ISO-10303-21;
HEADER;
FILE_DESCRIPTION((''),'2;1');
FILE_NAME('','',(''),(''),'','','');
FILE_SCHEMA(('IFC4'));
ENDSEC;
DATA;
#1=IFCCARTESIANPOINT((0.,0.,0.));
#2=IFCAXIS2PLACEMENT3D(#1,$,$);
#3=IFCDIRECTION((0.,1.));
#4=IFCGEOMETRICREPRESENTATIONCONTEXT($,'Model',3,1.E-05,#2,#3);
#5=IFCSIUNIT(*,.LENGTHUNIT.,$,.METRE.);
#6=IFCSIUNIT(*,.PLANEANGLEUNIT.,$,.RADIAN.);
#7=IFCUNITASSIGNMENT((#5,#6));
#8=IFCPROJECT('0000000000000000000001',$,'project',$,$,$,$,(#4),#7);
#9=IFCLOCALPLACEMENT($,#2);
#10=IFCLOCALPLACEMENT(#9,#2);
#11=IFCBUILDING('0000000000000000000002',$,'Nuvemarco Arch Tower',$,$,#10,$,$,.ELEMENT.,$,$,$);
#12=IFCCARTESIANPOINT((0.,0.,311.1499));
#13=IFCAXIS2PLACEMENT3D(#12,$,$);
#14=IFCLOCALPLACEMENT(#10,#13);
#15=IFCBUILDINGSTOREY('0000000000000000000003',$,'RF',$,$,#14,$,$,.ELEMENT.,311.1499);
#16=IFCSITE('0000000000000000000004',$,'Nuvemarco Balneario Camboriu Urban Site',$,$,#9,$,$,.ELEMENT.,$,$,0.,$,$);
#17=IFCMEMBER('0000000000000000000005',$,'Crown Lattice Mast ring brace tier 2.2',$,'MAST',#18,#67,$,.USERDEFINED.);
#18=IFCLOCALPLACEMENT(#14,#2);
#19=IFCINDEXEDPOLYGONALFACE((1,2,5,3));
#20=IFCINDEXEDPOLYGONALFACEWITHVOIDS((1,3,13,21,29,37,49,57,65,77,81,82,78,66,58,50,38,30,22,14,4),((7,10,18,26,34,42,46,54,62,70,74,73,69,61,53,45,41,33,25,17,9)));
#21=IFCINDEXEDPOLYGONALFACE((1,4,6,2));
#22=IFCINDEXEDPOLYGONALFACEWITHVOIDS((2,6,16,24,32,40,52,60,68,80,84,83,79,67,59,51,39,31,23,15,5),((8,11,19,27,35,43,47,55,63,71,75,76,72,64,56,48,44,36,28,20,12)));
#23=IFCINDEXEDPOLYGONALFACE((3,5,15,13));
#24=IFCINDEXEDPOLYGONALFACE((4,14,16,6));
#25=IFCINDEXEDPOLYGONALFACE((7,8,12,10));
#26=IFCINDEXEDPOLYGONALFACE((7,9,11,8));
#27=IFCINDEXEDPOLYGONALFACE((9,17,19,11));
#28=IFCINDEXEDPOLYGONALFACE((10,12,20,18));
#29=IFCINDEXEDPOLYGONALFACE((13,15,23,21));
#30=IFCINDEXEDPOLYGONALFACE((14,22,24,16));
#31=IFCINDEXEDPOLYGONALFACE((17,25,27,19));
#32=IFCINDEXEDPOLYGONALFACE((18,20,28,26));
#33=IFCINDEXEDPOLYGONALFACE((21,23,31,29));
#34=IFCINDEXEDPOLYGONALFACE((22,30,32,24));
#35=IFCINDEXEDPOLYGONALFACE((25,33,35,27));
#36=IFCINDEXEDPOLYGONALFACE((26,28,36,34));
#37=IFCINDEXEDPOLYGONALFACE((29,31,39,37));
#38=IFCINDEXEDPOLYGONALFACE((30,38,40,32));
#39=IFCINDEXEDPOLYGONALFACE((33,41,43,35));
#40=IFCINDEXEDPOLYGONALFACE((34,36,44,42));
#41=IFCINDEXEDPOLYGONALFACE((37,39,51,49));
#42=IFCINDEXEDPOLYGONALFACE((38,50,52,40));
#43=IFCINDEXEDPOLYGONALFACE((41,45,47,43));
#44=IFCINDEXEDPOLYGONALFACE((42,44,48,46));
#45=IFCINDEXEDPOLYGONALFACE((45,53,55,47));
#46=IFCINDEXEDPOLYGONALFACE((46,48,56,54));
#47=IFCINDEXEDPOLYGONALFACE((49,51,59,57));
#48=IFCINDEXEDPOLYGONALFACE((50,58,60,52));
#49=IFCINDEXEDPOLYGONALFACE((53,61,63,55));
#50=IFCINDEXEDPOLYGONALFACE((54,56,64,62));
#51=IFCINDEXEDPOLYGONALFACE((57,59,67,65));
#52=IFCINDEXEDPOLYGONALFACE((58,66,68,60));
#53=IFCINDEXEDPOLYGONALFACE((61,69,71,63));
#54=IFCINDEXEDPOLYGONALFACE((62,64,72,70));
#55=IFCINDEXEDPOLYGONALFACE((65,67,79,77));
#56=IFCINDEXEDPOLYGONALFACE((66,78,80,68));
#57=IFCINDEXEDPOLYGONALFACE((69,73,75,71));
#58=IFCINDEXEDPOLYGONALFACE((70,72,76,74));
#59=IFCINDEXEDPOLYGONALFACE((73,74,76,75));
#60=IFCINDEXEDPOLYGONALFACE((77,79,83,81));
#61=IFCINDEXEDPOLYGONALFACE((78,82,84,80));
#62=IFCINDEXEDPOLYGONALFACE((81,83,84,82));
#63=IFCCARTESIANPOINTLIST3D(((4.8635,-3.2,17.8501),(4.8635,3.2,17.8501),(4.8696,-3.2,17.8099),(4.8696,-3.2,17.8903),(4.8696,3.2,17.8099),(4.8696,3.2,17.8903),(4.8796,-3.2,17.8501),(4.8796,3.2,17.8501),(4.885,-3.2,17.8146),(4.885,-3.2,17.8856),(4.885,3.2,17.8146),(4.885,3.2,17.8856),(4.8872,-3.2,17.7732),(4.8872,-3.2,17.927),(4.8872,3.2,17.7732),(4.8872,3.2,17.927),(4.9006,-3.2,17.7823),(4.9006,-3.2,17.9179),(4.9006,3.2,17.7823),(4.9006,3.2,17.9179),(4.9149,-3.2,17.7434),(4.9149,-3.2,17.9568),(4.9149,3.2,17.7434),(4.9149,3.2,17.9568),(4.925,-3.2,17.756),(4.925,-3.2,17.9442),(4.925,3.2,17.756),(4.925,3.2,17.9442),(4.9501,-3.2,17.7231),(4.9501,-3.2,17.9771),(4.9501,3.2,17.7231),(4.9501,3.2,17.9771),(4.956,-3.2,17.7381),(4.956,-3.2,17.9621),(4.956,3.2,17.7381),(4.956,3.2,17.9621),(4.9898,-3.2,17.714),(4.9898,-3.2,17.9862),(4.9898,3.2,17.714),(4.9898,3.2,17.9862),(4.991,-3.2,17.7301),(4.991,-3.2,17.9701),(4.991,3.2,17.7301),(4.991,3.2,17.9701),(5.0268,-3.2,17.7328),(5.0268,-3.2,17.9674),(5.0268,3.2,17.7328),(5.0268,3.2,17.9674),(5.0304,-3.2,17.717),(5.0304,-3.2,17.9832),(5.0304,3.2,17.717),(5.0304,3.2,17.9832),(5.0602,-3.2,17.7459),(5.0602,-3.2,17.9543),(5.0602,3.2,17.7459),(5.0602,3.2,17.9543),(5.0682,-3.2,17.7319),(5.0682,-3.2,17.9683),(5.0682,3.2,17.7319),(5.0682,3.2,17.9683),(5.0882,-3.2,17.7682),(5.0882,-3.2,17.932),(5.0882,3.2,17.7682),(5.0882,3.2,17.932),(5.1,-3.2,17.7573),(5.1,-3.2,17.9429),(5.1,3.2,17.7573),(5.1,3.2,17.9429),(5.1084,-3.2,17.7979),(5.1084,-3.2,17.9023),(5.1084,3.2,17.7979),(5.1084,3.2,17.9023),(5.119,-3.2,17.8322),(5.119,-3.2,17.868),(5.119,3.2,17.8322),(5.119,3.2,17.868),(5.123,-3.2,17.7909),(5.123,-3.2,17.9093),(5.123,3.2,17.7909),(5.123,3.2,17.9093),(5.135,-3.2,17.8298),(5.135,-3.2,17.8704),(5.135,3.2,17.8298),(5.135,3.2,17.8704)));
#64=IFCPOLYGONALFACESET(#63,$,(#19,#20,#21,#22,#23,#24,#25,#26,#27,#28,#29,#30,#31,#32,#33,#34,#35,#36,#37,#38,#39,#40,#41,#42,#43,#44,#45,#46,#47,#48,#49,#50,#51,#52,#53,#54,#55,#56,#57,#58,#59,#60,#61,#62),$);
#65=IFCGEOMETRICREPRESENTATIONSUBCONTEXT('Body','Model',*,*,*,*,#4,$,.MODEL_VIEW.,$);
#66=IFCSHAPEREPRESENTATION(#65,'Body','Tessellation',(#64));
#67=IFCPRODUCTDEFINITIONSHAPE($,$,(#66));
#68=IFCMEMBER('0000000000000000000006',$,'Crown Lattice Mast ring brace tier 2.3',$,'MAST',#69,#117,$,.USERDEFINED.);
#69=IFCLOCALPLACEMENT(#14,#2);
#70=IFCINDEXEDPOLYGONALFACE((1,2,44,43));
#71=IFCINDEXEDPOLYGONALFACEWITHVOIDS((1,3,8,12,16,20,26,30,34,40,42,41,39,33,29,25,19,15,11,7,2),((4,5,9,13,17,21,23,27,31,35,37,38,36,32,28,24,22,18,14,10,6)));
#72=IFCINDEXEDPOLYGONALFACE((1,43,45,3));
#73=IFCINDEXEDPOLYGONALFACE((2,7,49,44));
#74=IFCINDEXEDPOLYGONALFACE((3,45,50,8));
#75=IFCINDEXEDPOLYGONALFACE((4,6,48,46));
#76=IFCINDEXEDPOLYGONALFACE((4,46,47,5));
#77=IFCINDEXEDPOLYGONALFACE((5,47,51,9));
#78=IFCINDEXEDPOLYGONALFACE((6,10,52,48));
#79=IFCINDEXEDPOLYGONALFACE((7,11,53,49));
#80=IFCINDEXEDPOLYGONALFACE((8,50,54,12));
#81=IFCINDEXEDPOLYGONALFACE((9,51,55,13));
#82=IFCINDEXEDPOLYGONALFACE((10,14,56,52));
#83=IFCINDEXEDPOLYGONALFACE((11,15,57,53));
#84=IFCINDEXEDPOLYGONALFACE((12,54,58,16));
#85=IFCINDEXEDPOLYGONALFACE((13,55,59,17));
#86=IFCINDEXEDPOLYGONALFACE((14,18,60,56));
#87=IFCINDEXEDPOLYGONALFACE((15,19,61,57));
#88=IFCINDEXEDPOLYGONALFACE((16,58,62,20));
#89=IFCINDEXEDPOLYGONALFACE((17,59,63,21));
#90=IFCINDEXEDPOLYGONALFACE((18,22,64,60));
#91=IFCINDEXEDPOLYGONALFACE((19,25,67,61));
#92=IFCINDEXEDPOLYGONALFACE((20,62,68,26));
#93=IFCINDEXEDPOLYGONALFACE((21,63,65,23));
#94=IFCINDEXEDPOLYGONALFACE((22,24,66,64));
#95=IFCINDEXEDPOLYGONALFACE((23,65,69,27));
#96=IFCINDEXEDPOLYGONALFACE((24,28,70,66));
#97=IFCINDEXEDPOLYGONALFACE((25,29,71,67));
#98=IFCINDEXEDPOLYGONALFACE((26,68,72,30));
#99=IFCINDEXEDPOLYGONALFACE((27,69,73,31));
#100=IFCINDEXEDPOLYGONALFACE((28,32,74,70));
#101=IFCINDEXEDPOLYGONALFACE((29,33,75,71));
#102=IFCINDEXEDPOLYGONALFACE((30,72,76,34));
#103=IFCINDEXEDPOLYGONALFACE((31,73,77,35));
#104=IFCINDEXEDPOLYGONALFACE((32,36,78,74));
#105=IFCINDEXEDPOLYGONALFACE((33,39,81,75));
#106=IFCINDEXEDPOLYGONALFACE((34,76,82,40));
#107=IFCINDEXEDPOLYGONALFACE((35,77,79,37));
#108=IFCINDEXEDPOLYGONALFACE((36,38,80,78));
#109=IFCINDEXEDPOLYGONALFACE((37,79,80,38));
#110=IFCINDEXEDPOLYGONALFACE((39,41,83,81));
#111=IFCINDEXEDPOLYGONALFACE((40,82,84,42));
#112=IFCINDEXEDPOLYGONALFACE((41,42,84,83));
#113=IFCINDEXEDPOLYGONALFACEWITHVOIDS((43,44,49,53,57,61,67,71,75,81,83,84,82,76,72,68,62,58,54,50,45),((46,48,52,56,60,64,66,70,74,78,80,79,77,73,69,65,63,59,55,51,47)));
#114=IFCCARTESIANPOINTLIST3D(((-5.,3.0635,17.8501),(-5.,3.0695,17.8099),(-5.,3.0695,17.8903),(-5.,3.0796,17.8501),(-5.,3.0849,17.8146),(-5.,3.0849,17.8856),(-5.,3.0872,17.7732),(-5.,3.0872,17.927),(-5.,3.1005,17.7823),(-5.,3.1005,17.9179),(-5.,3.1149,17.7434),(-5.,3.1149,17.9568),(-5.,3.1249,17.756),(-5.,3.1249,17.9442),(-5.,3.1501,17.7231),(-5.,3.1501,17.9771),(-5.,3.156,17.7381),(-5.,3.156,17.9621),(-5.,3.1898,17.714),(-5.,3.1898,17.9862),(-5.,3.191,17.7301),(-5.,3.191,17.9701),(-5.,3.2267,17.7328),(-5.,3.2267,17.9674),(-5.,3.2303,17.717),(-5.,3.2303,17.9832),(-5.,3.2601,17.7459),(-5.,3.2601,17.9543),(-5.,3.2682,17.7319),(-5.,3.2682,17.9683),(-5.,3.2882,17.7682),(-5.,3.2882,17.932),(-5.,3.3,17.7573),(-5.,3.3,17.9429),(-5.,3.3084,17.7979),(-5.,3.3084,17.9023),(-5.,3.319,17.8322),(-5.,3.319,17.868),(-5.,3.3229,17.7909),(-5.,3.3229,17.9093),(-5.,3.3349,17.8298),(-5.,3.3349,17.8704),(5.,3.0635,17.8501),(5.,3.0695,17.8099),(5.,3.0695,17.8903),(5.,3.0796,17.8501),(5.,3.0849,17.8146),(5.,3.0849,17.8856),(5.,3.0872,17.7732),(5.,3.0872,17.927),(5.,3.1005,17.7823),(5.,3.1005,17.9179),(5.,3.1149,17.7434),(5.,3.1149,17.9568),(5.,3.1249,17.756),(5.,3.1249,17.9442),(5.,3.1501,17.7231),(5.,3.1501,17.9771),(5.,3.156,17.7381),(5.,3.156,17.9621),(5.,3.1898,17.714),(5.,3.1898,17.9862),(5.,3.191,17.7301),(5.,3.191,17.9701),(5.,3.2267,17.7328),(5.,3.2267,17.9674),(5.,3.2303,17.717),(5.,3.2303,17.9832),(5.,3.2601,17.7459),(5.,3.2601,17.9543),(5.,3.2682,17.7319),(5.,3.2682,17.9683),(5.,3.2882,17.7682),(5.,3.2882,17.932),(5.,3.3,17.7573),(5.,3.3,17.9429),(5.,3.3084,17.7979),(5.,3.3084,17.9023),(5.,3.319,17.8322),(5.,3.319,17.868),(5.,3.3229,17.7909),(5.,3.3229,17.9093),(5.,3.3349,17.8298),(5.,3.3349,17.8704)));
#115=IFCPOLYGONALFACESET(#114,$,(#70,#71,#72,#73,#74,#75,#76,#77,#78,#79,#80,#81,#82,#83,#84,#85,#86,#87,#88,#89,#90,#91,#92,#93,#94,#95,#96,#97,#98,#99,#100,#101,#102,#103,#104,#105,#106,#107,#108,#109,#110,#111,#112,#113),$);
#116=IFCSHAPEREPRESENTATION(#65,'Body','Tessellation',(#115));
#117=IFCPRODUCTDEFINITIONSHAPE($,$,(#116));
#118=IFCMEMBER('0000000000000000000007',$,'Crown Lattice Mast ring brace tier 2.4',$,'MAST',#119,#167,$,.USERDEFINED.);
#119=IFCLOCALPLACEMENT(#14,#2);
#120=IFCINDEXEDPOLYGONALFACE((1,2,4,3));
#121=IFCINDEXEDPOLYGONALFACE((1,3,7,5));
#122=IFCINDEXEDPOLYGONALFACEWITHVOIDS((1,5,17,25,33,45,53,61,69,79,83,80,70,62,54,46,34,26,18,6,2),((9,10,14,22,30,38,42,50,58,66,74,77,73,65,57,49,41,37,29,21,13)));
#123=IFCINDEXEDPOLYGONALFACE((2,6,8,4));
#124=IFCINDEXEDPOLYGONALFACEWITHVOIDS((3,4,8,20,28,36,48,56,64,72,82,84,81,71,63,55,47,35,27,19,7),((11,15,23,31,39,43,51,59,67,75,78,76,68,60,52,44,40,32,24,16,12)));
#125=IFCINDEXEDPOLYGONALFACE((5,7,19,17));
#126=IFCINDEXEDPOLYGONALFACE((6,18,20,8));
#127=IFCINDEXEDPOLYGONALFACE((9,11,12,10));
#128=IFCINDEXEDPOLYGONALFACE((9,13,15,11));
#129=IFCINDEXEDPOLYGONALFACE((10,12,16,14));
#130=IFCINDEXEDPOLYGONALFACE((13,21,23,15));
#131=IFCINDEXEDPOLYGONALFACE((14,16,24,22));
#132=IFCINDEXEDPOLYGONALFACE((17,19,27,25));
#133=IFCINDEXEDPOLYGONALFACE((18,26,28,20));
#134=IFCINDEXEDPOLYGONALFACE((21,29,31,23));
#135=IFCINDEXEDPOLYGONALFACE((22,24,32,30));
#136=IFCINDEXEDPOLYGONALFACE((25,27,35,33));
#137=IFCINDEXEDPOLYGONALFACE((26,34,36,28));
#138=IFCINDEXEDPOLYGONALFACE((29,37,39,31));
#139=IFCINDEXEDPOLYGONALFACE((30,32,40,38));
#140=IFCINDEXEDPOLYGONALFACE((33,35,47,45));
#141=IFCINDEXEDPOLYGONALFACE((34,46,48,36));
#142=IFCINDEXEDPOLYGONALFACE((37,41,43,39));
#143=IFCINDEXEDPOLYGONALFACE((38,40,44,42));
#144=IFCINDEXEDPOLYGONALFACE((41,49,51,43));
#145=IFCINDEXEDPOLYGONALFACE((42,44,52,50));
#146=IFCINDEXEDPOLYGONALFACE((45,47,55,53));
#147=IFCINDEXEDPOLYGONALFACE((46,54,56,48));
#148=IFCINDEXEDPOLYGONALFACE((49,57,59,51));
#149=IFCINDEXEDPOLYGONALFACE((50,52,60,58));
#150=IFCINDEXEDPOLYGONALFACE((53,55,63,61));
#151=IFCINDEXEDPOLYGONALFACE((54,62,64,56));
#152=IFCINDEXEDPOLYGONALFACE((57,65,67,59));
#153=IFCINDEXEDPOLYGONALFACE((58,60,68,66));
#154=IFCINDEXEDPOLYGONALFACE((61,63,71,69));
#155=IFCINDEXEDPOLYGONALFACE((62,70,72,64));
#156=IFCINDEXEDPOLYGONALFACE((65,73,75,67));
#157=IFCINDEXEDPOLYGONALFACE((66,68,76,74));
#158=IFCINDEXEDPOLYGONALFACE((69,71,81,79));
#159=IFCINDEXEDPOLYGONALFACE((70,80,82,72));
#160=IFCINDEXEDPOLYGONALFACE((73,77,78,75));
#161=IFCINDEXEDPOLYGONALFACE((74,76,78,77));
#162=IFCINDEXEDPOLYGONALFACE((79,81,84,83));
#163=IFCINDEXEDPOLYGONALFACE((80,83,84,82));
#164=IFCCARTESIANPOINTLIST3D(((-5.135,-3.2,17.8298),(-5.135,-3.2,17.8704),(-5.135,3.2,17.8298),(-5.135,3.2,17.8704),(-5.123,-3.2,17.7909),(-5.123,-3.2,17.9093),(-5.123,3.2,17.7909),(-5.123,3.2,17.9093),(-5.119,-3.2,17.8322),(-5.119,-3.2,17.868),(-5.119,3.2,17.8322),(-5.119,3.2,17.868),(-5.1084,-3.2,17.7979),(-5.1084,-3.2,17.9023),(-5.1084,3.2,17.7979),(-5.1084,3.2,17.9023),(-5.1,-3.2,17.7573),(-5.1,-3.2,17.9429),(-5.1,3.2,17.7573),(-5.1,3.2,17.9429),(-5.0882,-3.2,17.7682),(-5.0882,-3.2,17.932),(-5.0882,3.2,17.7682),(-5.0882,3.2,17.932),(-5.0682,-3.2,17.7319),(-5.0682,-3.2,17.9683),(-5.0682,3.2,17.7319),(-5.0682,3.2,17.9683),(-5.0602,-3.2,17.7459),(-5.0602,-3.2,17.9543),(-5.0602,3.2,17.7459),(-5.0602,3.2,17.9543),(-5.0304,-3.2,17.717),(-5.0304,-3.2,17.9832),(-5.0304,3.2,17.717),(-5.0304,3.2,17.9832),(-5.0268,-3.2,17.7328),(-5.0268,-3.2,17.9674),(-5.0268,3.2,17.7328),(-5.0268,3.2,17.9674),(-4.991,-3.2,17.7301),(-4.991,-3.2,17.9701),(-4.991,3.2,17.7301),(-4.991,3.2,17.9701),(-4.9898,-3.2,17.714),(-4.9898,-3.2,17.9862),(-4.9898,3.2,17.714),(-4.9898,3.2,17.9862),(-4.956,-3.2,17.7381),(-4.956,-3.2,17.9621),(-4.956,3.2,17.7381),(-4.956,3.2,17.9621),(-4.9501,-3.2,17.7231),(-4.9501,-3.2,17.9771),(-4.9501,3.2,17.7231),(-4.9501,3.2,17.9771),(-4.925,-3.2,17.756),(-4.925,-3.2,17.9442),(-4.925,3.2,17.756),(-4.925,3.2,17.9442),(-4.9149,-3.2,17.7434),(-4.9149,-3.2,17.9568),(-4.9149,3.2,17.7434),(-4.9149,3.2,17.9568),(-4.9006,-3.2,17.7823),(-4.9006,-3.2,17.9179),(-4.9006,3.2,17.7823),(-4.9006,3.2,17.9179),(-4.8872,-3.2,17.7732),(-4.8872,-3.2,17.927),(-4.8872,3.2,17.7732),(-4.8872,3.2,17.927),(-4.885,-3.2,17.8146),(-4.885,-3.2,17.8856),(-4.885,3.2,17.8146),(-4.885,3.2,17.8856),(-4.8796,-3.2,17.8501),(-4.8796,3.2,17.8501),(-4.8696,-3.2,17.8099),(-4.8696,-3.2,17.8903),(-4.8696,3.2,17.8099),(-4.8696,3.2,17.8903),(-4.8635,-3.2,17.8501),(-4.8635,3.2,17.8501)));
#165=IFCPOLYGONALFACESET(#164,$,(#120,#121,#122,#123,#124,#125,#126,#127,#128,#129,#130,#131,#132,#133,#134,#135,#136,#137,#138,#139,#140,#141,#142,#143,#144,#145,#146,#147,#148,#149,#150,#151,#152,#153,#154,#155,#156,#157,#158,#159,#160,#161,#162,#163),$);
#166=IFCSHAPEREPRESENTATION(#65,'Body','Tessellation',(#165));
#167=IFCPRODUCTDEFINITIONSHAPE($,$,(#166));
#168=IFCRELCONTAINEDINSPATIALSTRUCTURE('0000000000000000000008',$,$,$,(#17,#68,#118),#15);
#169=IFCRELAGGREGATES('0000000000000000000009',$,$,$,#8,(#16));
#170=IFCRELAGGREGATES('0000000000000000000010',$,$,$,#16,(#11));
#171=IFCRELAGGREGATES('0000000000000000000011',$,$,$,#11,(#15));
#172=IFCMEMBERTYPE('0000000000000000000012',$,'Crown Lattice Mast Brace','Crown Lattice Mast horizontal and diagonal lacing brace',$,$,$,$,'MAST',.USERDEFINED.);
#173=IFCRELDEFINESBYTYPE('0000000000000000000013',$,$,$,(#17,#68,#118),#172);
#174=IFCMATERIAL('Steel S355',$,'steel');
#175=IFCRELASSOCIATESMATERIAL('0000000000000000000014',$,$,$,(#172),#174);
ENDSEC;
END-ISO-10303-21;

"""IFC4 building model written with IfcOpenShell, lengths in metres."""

from ifc_helpers import new_model, si_unit, direction, frame, origin, origin_2d, place, context, subcontext, project, spatial, hollow_circle, extrude, material, material_profile, profile_set, type_object, element, save


model = new_model("IFC4")

# Units and contexts
model_context = context("Model", 3, precision=1e-05, world=origin(), true_north=direction((0.0, 1.0)))
body_context = subcontext(model_context, "Body", "Model", "MODEL_VIEW")
ifc_project = project(units=[si_unit("LENGTHUNIT", "METRE"), si_unit("PLANEANGLEUNIT", "RADIAN")], contexts=[model_context])

# Site, building, storey
site_placement = place(None, origin())
site = spatial("IfcSite", under=ifc_project, at=site_placement, Name="Nuvemarco Balneario Camboriu Urban Site", CompositionType="ELEMENT", RefElevation=0.0)
building_placement = place(site_placement, origin())
building = spatial("IfcBuilding", under=site, at=building_placement, Name="Nuvemarco Arch Tower", CompositionType="ELEMENT")
storey_placement = place(building_placement, frame((0.0, 0.0, 311.1499)))
storey = spatial("IfcBuildingStorey", under=building, at=storey_placement, Name="RF", CompositionType="ELEMENT", Elevation=311.1499)

# Members
ifc_material = material(Name="Steel S355", Category="steel")
ifc_material_profile_1 = material_profile(ifc_material, hollow_circle(Radius=0.1365, WallThickness=0.0161, at=origin_2d()), Name="CHS273x16")
ifc_profile_set_1 = profile_set([ifc_material_profile_1], Name="Steel S355")
member_type_1 = type_object("IfcMemberType", Name="Crown Lattice Mast Brace", Description="Crown Lattice Mast horizontal and diagonal lacing brace", ElementType="MAST", PredefinedType="USERDEFINED", material=ifc_profile_set_1)
member_1_placement = place(storey_placement, frame((5.0, -3.2, 17.8501), z_axis=(0.0, 1.0, 0.0), x_axis=(-1.0, 0.0, 0.0)))
element("IfcMember", 1, at=member_1_placement, inside=storey, type_object=member_type_1, Name="Crown Lattice Mast ring brace tier 2.2", ObjectType="MAST", PredefinedType="USERDEFINED", context=body_context, shape_type="SweptSolid", body=[
    extrude(hollow_circle(Radius=0.1365, WallThickness=0.0161, at=origin_2d()), origin(), (0.0, 0.0, 1.0), 6.3999),
])
member_2_placement = place(storey_placement, frame((5.0, 3.2, 17.8501), z_axis=(-1.0, 0.0, 0.0), x_axis=(0.0, -1.0, 0.0)))
element("IfcMember", 2, at=member_2_placement, inside=storey, type_object=member_type_1, Name="Crown Lattice Mast ring brace tier 2.3", ObjectType="MAST", PredefinedType="USERDEFINED", context=body_context, shape_type="SweptSolid", body=[
    extrude(hollow_circle(Radius=0.1365, WallThickness=0.0161, at=origin_2d()), origin(), (0.0, 0.0, 1.0), 10.0),
])
member_3_placement = place(storey_placement, frame((-5.0, 3.2, 17.8501), z_axis=(0.0, -1.0, 0.0), x_axis=(1.0, 0.0, 0.0)))
element("IfcMember", 3, at=member_3_placement, inside=storey, type_object=member_type_1, Name="Crown Lattice Mast ring brace tier 2.4", ObjectType="MAST", PredefinedType="USERDEFINED", context=body_context, shape_type="SweptSolid", body=[
    extrude(hollow_circle(Radius=0.1365, WallThickness=0.0161, at=origin_2d()), origin(), (0.0, 0.0, 1.0), 6.3999),
])

save(model, "model.ifc")
